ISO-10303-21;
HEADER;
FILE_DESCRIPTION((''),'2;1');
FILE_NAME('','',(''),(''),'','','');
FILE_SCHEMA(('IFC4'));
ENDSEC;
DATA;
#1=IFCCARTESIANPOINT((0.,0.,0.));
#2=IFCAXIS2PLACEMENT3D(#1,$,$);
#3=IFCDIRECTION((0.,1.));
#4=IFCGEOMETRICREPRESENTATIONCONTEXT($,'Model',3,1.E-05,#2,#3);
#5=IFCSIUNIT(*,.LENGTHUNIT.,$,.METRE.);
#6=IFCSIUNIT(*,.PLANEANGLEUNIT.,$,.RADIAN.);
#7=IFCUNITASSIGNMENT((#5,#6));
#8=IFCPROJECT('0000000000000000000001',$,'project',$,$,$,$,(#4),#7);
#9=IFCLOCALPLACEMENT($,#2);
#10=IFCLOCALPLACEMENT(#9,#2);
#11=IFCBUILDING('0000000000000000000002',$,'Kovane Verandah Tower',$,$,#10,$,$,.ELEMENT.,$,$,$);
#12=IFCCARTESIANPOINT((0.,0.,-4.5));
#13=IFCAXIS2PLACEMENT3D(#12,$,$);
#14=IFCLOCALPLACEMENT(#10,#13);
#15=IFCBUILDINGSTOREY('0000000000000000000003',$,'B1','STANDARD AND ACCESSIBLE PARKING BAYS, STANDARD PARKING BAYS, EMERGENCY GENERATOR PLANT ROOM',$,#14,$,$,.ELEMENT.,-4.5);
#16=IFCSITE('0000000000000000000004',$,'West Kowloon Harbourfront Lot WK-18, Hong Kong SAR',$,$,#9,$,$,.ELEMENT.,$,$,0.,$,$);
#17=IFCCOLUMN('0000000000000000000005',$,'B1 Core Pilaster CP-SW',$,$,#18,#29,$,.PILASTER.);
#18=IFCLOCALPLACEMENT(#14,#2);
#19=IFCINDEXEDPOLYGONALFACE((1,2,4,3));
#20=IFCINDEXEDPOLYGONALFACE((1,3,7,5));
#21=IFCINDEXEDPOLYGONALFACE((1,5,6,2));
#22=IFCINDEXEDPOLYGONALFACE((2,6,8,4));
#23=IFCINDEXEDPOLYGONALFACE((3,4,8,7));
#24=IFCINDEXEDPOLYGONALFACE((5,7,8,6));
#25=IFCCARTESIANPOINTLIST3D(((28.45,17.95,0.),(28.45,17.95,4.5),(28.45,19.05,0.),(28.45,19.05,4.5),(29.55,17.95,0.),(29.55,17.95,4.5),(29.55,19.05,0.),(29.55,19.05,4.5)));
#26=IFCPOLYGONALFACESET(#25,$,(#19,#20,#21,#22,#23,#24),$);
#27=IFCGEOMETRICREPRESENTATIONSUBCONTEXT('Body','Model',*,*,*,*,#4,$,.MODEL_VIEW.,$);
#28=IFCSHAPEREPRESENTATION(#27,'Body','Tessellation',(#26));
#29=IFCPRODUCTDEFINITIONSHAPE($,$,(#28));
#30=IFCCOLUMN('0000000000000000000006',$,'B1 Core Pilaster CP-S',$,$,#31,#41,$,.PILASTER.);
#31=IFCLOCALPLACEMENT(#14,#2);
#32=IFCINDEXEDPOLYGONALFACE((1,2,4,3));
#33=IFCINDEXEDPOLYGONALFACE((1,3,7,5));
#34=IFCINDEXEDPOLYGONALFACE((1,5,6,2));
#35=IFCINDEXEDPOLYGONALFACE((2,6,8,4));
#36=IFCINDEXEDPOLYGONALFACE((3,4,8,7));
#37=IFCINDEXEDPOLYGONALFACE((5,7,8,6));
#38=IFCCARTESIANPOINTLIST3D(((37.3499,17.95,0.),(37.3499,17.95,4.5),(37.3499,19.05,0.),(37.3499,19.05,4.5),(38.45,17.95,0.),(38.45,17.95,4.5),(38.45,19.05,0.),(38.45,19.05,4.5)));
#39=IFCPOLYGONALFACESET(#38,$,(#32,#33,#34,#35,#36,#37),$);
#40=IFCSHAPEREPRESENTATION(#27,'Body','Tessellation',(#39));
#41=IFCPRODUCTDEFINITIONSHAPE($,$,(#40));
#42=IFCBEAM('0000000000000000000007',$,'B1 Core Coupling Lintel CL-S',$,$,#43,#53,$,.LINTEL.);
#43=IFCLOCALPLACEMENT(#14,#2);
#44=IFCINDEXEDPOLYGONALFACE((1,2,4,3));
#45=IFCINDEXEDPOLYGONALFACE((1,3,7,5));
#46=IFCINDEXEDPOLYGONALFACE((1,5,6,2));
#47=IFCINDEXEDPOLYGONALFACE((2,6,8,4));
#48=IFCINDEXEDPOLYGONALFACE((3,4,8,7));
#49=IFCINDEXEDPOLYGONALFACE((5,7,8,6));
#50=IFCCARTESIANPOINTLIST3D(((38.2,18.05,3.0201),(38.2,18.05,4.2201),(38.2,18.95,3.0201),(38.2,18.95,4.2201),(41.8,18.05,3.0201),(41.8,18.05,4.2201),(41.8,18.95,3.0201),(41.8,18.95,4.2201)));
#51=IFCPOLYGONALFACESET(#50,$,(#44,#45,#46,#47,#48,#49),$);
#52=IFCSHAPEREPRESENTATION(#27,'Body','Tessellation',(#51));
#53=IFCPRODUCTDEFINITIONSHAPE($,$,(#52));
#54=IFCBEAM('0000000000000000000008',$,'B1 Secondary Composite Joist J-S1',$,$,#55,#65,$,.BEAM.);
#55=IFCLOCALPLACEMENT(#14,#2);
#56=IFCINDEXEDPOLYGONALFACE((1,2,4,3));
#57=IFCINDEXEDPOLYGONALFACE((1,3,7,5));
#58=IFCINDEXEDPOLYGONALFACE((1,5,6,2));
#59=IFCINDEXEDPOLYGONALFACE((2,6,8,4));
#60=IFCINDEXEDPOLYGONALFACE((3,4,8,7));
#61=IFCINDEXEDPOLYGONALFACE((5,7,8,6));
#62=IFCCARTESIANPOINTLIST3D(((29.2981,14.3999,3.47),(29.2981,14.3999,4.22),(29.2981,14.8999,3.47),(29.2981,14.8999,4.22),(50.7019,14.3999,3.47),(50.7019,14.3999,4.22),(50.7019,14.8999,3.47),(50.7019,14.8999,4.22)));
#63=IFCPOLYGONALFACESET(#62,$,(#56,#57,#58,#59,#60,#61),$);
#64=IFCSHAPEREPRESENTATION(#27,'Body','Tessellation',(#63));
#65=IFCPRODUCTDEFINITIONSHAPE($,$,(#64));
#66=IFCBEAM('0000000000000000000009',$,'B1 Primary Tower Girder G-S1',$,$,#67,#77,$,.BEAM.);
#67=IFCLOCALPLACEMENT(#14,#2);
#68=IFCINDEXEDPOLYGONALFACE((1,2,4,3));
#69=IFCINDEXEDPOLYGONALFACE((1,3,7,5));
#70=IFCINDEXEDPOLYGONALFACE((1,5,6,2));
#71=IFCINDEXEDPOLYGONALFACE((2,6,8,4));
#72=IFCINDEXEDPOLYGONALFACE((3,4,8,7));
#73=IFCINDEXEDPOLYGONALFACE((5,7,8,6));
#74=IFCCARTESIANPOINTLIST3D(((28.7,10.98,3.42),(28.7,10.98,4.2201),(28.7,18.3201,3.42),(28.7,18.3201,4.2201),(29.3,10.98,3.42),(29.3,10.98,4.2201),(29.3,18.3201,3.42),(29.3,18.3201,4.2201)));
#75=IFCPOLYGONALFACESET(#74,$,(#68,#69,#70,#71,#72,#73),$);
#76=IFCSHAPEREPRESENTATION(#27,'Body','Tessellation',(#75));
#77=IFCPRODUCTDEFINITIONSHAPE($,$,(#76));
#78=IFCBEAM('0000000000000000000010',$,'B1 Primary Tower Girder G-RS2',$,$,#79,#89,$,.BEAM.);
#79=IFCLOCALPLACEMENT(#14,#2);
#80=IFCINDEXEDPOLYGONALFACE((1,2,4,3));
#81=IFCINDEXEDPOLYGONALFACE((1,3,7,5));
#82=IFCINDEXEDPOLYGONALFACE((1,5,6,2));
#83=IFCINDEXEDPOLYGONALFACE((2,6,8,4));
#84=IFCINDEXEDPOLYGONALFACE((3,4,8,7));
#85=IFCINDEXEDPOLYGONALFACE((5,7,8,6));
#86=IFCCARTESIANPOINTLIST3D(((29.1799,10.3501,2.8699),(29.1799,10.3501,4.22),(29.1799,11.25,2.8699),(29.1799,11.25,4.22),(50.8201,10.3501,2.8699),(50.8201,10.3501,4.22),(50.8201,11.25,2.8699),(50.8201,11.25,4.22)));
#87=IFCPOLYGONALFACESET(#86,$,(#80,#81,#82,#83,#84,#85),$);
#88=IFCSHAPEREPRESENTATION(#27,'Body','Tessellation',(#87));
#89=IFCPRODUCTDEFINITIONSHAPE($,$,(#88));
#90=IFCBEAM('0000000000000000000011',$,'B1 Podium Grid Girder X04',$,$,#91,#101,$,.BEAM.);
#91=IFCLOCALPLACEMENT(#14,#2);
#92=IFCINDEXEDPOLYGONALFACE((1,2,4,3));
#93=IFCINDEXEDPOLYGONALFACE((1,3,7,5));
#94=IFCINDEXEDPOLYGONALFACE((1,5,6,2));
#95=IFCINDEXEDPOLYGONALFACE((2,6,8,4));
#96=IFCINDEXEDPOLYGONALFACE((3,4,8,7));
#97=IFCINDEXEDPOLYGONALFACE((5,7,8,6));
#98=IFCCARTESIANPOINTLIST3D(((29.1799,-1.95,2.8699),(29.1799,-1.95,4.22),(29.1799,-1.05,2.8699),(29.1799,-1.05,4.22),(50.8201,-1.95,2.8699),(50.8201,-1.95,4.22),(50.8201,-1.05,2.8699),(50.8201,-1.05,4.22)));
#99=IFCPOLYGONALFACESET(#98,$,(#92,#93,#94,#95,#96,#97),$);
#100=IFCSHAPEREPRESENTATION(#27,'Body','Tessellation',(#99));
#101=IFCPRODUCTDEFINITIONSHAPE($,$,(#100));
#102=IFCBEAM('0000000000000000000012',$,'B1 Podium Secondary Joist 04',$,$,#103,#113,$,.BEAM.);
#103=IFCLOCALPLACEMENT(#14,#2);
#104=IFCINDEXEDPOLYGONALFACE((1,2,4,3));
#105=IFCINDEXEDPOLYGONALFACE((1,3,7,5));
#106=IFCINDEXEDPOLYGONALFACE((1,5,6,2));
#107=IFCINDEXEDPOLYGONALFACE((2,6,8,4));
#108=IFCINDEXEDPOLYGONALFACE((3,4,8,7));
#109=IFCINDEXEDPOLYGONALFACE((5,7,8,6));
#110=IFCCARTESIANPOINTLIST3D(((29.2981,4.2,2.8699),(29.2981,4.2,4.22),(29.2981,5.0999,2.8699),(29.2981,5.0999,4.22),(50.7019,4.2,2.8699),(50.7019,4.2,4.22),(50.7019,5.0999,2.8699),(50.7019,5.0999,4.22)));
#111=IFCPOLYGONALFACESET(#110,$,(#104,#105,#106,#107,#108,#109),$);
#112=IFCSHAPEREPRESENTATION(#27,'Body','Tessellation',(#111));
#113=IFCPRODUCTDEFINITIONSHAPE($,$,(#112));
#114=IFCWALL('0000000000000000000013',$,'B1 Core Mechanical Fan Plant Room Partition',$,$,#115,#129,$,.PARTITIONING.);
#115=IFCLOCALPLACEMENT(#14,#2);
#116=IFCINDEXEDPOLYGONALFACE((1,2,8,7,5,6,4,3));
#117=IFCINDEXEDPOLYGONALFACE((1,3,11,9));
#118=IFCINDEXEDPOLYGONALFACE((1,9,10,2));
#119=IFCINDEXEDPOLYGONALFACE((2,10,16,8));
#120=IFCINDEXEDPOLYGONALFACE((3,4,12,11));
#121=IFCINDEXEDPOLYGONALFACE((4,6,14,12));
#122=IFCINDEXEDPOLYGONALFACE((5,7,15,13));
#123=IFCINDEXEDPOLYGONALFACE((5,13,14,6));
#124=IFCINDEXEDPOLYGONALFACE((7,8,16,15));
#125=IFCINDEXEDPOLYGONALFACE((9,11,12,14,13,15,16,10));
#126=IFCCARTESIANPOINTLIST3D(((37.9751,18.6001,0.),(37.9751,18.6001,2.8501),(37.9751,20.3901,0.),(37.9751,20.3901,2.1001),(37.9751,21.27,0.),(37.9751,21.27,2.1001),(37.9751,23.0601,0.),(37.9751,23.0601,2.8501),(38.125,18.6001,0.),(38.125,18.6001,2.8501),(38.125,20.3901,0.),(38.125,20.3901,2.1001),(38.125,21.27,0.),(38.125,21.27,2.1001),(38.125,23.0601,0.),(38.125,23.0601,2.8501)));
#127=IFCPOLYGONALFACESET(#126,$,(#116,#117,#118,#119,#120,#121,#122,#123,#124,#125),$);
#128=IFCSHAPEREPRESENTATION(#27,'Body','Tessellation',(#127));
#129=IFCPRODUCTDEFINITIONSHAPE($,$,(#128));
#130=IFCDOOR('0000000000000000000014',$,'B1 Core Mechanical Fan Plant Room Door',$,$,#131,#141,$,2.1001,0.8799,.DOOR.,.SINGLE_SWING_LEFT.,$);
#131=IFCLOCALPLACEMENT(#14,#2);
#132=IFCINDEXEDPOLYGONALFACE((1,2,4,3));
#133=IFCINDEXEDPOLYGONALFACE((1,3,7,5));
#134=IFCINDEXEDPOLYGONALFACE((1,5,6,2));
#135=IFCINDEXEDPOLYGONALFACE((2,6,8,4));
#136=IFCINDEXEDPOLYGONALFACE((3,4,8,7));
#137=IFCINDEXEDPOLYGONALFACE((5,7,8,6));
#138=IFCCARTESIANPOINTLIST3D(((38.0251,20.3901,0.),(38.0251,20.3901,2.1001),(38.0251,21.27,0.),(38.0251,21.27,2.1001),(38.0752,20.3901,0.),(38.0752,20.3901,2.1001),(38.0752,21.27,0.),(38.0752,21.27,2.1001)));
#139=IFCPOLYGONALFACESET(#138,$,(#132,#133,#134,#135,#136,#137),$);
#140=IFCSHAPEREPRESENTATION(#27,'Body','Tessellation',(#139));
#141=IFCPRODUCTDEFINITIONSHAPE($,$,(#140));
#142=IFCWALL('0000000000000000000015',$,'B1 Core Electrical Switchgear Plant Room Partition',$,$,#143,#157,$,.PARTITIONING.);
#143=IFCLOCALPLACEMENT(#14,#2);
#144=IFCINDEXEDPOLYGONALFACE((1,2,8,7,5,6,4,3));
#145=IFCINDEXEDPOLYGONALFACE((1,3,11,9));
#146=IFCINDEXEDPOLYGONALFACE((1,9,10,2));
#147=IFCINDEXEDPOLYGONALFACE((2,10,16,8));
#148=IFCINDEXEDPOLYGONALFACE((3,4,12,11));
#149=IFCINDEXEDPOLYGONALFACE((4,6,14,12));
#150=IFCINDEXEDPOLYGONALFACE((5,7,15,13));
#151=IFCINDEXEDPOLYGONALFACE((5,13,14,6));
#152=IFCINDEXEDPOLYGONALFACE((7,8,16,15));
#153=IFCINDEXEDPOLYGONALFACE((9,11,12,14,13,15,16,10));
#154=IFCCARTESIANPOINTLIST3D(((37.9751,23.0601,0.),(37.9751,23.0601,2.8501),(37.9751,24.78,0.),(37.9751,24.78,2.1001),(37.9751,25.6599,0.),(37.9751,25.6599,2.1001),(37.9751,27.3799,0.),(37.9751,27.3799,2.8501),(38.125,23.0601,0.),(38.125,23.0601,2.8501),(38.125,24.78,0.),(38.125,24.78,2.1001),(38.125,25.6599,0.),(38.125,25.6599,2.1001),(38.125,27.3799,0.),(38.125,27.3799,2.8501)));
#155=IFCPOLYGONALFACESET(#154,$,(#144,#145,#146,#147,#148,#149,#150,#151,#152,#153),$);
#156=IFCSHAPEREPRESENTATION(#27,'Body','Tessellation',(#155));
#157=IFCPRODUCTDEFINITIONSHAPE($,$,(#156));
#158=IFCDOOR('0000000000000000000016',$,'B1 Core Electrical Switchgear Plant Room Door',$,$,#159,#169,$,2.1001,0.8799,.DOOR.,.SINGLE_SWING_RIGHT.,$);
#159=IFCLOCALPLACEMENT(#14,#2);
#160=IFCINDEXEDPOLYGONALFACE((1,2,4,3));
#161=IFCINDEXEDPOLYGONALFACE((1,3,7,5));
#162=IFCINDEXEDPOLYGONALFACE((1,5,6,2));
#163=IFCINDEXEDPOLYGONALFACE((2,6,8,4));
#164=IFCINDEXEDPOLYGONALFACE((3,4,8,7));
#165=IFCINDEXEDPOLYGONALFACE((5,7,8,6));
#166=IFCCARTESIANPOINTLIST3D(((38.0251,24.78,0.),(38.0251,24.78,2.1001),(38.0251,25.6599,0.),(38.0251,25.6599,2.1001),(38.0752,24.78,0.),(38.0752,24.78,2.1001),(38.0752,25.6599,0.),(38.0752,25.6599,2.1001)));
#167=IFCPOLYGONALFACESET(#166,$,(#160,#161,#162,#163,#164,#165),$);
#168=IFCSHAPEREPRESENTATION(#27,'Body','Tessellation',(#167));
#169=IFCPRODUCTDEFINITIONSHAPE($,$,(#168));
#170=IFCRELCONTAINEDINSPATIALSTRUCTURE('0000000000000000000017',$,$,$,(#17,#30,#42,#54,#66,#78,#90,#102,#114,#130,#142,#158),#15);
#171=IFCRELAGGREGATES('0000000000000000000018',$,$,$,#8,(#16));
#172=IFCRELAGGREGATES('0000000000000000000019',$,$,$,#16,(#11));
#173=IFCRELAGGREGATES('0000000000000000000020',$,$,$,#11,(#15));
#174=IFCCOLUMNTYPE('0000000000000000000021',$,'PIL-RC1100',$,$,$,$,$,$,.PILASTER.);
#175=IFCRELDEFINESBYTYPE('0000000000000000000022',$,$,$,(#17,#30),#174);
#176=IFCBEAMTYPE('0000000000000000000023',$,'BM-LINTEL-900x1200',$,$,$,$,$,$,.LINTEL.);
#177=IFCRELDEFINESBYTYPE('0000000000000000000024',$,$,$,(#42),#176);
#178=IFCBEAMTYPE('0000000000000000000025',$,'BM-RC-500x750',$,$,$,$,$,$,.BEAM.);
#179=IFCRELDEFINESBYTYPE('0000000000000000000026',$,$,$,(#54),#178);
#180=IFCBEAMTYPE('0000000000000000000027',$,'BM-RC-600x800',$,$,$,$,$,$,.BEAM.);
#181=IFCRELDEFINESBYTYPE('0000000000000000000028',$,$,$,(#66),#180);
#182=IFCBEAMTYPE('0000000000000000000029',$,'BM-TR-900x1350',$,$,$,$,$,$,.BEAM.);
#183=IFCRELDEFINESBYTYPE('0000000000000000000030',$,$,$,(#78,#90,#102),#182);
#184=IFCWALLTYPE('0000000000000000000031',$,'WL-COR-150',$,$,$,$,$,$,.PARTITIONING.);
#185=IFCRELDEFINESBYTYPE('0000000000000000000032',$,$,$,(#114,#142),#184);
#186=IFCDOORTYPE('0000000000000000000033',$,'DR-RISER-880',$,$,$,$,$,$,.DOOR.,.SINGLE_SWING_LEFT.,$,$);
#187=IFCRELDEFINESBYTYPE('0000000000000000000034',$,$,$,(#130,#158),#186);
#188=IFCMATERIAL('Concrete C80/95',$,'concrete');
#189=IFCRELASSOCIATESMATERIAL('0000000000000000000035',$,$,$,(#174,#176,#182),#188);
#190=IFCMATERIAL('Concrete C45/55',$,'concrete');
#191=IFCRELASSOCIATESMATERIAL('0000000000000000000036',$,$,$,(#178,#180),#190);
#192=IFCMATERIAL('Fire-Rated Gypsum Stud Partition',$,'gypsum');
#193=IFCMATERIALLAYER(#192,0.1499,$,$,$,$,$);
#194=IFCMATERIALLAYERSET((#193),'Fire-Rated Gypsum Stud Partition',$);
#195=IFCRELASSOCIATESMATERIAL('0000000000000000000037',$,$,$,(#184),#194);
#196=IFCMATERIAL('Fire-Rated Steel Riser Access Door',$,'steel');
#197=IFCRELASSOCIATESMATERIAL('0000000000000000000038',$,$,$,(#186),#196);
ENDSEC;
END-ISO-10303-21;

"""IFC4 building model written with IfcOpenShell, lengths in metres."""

from ifc_helpers import new_model, si_unit, direction, frame, frame_2d, origin, origin_2d, place, context, subcontext, project, spatial, rectangle, extrude, material, layer, layer_set, material_profile, profile_set, type_object, element, fill, save


model = new_model("IFC4")

# Units and contexts
model_context = context("Model", 3, precision=1e-05, world=origin(), true_north=direction((0.0, 1.0)))
body_context = subcontext(model_context, "Body", "Model", "MODEL_VIEW")
ifc_project = project(units=[si_unit("LENGTHUNIT", "METRE"), si_unit("PLANEANGLEUNIT", "RADIAN")], contexts=[model_context])

# Site, building, storey
site_placement = place(None, origin())
site = spatial("IfcSite", under=ifc_project, at=site_placement, Name="West Kowloon Harbourfront Lot WK-18, Hong Kong SAR", CompositionType="ELEMENT", RefElevation=0.0)
building_placement = place(site_placement, origin())
building = spatial("IfcBuilding", under=site, at=building_placement, Name="Kovane Verandah Tower", CompositionType="ELEMENT")
storey_placement = place(building_placement, frame((0.0, 0.0, -4.5)))
storey = spatial("IfcBuildingStorey", under=building, at=storey_placement, Name="B1", Description="STANDARD AND ACCESSIBLE PARKING BAYS, STANDARD PARKING BAYS, EMERGENCY GENERATOR PLANT ROOM", CompositionType="ELEMENT", Elevation=-4.5)

# Columns
ifc_material_1 = material(Name="Concrete C80/95", Category="concrete")
ifc_material_profile_1 = material_profile(ifc_material_1, rectangle(XDim=1.1001, YDim=1.1001, at=origin_2d()), Name="RC1100x1100")
ifc_profile_set_1 = profile_set([ifc_material_profile_1], Name="Concrete C80/95")
column_type = type_object("IfcColumnType", Name="PIL-RC1100", PredefinedType="PILASTER", material=ifc_profile_set_1)
for number, where, z_axis, x_axis, name in (
    (1, (29.0, 18.5, 0.0), (0.0, 0.0, 1.0), (1.0, 0.0, 0.0), "B1 Core Pilaster CP-SW"),
    (2, (37.8999, 18.5, 0.0), (0.0, 0.0, 1.0), (1.0, 0.0, 0.0), "B1 Core Pilaster CP-S"),
):
    element("IfcColumn", number, at=place(storey_placement, frame(where, z_axis=z_axis, x_axis=x_axis)), inside=storey, type_object=column_type, Name=name, PredefinedType="PILASTER", context=body_context, shape_type="SweptSolid", body=[
        extrude(rectangle(XDim=1.1001, YDim=1.1001, at=origin_2d()), origin(), (0.0, 0.0, 1.0), 4.5),
    ])

# Beams
ifc_material_profile_2 = material_profile(ifc_material_1, rectangle(XDim=0.8999, YDim=1.2, at=origin_2d()), Name="RCB900x1200")
ifc_profile_set_2 = profile_set([ifc_material_profile_2], Name="Concrete C80/95")
beam_type_1 = type_object("IfcBeamType", Name="BM-LINTEL-900x1200", PredefinedType="LINTEL", material=ifc_profile_set_2)
beam_1_placement = place(storey_placement, frame((38.2, 18.5, 3.6201), z_axis=(1.0, 0.0, 0.0), x_axis=(0.0, 1.0, 0.0)))
element("IfcBeam", 3, at=beam_1_placement, inside=storey, type_object=beam_type_1, Name="B1 Core Coupling Lintel CL-S", PredefinedType="LINTEL", context=body_context, shape_type="SweptSolid", body=[
    extrude(rectangle(XDim=0.8999, YDim=1.2, at=origin_2d()), origin(), (0.0, 0.0, 1.0), 3.6001),
])
ifc_material_2 = material(Name="Concrete C45/55", Category="concrete")
ifc_material_profile_3 = material_profile(ifc_material_2, rectangle(XDim=0.5, YDim=0.75, at=origin_2d()), Name="RCB500x750")
ifc_profile_set_3 = profile_set([ifc_material_profile_3], Name="Concrete C45/55")
beam_type_2 = type_object("IfcBeamType", Name="BM-RC-500x750", PredefinedType="BEAM", material=ifc_profile_set_3)
beam_2_placement = place(storey_placement, frame((29.2981, 14.6499, 3.845), z_axis=(1.0, 0.0, 0.0), x_axis=(0.0, 1.0, 0.0)))
element("IfcBeam", 4, at=beam_2_placement, inside=storey, type_object=beam_type_2, Name="B1 Secondary Composite Joist J-S1", PredefinedType="BEAM", context=body_context, shape_type="SweptSolid", body=[
    extrude(rectangle(XDim=0.5, YDim=0.75, at=origin_2d()), origin(), (0.0, 0.0, 1.0), 21.4038),
])
ifc_material_profile_4 = material_profile(ifc_material_2, rectangle(XDim=0.6001, YDim=0.8, at=origin_2d()), Name="RCB600x800")
ifc_profile_set_4 = profile_set([ifc_material_profile_4], Name="Concrete C45/55")
beam_type_3 = type_object("IfcBeamType", Name="BM-RC-600x800", PredefinedType="BEAM", material=ifc_profile_set_4)
beam_3_placement = place(storey_placement, frame((29.0, 18.3201, 3.8201), z_axis=(0.0, -1.0, 0.0), x_axis=(1.0, 0.0, 0.0)))
element("IfcBeam", 5, at=beam_3_placement, inside=storey, type_object=beam_type_3, Name="B1 Primary Tower Girder G-S1", PredefinedType="BEAM", context=body_context, shape_type="SweptSolid", body=[
    extrude(rectangle(XDim=0.6001, YDim=0.8, at=origin_2d()), origin(), (0.0, 0.0, 1.0), 7.3401),
])
ifc_material_profile_5 = material_profile(ifc_material_1, rectangle(XDim=0.8999, YDim=1.3501, at=origin_2d()), Name="RCB900x1350")
ifc_profile_set_5 = profile_set([ifc_material_profile_5], Name="Concrete C80/95")
beam_type_4 = type_object("IfcBeamType", Name="BM-TR-900x1350", PredefinedType="BEAM", material=ifc_profile_set_5)
for number, where, z_axis, x_axis, name in (
    (6, (29.1799, 10.8, 3.5449), (1.0, 0.0, 0.0), (0.0, 1.0, 0.0), "B1 Primary Tower Girder G-RS2"),
    (7, (29.1799, -1.5, 3.5449), (1.0, 0.0, 0.0), (0.0, 1.0, 0.0), "B1 Podium Grid Girder X04"),
):
    element("IfcBeam", number, at=place(storey_placement, frame(where, z_axis=z_axis, x_axis=x_axis)), inside=storey, type_object=beam_type_4, Name=name, PredefinedType="BEAM", context=body_context, shape_type="SweptSolid", body=[
        extrude(rectangle(XDim=0.8999, YDim=1.3501, at=origin_2d()), origin(), (0.0, 0.0, 1.0), 21.6401),
    ])
beam_4_placement = place(storey_placement, frame((29.2981, 4.6499, 3.5449), z_axis=(1.0, 0.0, 0.0), x_axis=(0.0, 1.0, 0.0)))
element("IfcBeam", 8, at=beam_4_placement, inside=storey, type_object=beam_type_4, Name="B1 Podium Secondary Joist 04", PredefinedType="BEAM", context=body_context, shape_type="SweptSolid", body=[
    extrude(rectangle(XDim=0.8999, YDim=1.3501, at=origin_2d()), origin(), (0.0, 0.0, 1.0), 21.4038),
])

# Walls, openings, doors
ifc_material_3 = material(Name="Fire-Rated Gypsum Stud Partition", Category="gypsum")
ifc_layer_1 = layer(ifc_material_3, 0.1499)
ifc_layer_set_1 = layer_set([ifc_layer_1], Name="Fire-Rated Gypsum Stud Partition")
wall_type_1 = type_object("IfcWallType", Name="WL-COR-150", PredefinedType="PARTITIONING", material=ifc_layer_set_1)
wall_1_placement = place(storey_placement, frame((38.05, 18.6001, 0.0), z_axis=(0.0, 0.0, 1.0), x_axis=(0.0, 1.0, 0.0)))
wall_1 = element("IfcWall", 9, at=wall_1_placement, inside=storey, type_object=wall_type_1, Name="B1 Core Mechanical Fan Plant Room Partition", PredefinedType="PARTITIONING", context=body_context, shape_type="SweptSolid", body=[
    extrude(rectangle(XDim=4.46, YDim=0.1499, at=frame_2d((2.23, 0.0))), origin(), (0.0, 0.0, 1.0), 2.8501),
])
opening_1_placement = place(wall_1_placement, frame((1.79, 0.0, 0.0)))
opening_1 = element("IfcOpeningElement", 10, at=opening_1_placement, cuts=wall_1, PredefinedType="OPENING", context=body_context, shape_type="SweptSolid", body=[
    extrude(rectangle(XDim=0.8799, YDim=2.1001, at=frame_2d((0.4399, 1.05))), frame((0.0, 0.075, 0.0), z_axis=(0.0, -1.0, 0.0), x_axis=(1.0, 0.0, 0.0)), (0.0, 0.0, 1.0), 0.1499),
])
ifc_material_4 = material(Name="Fire-Rated Steel Riser Access Door", Category="steel")
door_type = type_object("IfcDoorType", Name="DR-RISER-880", OperationType="SINGLE_SWING_LEFT", PredefinedType="DOOR", material=ifc_material_4)
door_1_placement = place(opening_1_placement, origin())
door_1 = element("IfcDoor", 11, at=door_1_placement, inside=storey, type_object=door_type, Name="B1 Core Mechanical Fan Plant Room Door", OperationType="SINGLE_SWING_LEFT", OverallHeight=2.1001, OverallWidth=0.8799, PredefinedType="DOOR", context=body_context, shape_type="SweptSolid", body=[
    extrude(rectangle(XDim=0.8799, YDim=2.1001, at=frame_2d((0.4399, 1.05))), frame((0.0, 0.0249, 0.0), z_axis=(0.0, -1.0, 0.0), x_axis=(1.0, 0.0, 0.0)), (0.0, 0.0, 1.0), 0.05),
])
fill(opening_1, door_1)
wall_2_placement = place(storey_placement, frame((38.05, 23.0601, 0.0), z_axis=(0.0, 0.0, 1.0), x_axis=(0.0, 1.0, 0.0)))
wall_2 = element("IfcWall", 12, at=wall_2_placement, inside=storey, type_object=wall_type_1, Name="B1 Core Electrical Switchgear Plant Room Partition", PredefinedType="PARTITIONING", context=body_context, shape_type="SweptSolid", body=[
    extrude(rectangle(XDim=4.3198, YDim=0.1499, at=frame_2d((2.1599, 0.0))), origin(), (0.0, 0.0, 1.0), 2.8501),
])
opening_2_placement = place(wall_2_placement, frame((1.72, 0.0, 0.0)))
opening_2 = element("IfcOpeningElement", 13, at=opening_2_placement, cuts=wall_2, PredefinedType="OPENING", context=body_context, shape_type="SweptSolid", body=[
    extrude(rectangle(XDim=0.8799, YDim=2.1001, at=frame_2d((0.4399, 1.05))), frame((0.0, 0.075, 0.0), z_axis=(0.0, -1.0, 0.0), x_axis=(1.0, 0.0, 0.0)), (0.0, 0.0, 1.0), 0.1499),
])
door_2_placement = place(opening_2_placement, origin())
door_2 = element("IfcDoor", 14, at=door_2_placement, inside=storey, type_object=door_type, Name="B1 Core Electrical Switchgear Plant Room Door", OperationType="SINGLE_SWING_RIGHT", OverallHeight=2.1001, OverallWidth=0.8799, PredefinedType="DOOR", context=body_context, shape_type="SweptSolid", body=[
    extrude(rectangle(XDim=0.8799, YDim=2.1001, at=frame_2d((0.4399, 1.05))), frame((0.0, 0.0249, 0.0), z_axis=(0.0, -1.0, 0.0), x_axis=(1.0, 0.0, 0.0)), (0.0, 0.0, 1.0), 0.05),
])
fill(opening_2, door_2)

save(model, "model.ifc")
